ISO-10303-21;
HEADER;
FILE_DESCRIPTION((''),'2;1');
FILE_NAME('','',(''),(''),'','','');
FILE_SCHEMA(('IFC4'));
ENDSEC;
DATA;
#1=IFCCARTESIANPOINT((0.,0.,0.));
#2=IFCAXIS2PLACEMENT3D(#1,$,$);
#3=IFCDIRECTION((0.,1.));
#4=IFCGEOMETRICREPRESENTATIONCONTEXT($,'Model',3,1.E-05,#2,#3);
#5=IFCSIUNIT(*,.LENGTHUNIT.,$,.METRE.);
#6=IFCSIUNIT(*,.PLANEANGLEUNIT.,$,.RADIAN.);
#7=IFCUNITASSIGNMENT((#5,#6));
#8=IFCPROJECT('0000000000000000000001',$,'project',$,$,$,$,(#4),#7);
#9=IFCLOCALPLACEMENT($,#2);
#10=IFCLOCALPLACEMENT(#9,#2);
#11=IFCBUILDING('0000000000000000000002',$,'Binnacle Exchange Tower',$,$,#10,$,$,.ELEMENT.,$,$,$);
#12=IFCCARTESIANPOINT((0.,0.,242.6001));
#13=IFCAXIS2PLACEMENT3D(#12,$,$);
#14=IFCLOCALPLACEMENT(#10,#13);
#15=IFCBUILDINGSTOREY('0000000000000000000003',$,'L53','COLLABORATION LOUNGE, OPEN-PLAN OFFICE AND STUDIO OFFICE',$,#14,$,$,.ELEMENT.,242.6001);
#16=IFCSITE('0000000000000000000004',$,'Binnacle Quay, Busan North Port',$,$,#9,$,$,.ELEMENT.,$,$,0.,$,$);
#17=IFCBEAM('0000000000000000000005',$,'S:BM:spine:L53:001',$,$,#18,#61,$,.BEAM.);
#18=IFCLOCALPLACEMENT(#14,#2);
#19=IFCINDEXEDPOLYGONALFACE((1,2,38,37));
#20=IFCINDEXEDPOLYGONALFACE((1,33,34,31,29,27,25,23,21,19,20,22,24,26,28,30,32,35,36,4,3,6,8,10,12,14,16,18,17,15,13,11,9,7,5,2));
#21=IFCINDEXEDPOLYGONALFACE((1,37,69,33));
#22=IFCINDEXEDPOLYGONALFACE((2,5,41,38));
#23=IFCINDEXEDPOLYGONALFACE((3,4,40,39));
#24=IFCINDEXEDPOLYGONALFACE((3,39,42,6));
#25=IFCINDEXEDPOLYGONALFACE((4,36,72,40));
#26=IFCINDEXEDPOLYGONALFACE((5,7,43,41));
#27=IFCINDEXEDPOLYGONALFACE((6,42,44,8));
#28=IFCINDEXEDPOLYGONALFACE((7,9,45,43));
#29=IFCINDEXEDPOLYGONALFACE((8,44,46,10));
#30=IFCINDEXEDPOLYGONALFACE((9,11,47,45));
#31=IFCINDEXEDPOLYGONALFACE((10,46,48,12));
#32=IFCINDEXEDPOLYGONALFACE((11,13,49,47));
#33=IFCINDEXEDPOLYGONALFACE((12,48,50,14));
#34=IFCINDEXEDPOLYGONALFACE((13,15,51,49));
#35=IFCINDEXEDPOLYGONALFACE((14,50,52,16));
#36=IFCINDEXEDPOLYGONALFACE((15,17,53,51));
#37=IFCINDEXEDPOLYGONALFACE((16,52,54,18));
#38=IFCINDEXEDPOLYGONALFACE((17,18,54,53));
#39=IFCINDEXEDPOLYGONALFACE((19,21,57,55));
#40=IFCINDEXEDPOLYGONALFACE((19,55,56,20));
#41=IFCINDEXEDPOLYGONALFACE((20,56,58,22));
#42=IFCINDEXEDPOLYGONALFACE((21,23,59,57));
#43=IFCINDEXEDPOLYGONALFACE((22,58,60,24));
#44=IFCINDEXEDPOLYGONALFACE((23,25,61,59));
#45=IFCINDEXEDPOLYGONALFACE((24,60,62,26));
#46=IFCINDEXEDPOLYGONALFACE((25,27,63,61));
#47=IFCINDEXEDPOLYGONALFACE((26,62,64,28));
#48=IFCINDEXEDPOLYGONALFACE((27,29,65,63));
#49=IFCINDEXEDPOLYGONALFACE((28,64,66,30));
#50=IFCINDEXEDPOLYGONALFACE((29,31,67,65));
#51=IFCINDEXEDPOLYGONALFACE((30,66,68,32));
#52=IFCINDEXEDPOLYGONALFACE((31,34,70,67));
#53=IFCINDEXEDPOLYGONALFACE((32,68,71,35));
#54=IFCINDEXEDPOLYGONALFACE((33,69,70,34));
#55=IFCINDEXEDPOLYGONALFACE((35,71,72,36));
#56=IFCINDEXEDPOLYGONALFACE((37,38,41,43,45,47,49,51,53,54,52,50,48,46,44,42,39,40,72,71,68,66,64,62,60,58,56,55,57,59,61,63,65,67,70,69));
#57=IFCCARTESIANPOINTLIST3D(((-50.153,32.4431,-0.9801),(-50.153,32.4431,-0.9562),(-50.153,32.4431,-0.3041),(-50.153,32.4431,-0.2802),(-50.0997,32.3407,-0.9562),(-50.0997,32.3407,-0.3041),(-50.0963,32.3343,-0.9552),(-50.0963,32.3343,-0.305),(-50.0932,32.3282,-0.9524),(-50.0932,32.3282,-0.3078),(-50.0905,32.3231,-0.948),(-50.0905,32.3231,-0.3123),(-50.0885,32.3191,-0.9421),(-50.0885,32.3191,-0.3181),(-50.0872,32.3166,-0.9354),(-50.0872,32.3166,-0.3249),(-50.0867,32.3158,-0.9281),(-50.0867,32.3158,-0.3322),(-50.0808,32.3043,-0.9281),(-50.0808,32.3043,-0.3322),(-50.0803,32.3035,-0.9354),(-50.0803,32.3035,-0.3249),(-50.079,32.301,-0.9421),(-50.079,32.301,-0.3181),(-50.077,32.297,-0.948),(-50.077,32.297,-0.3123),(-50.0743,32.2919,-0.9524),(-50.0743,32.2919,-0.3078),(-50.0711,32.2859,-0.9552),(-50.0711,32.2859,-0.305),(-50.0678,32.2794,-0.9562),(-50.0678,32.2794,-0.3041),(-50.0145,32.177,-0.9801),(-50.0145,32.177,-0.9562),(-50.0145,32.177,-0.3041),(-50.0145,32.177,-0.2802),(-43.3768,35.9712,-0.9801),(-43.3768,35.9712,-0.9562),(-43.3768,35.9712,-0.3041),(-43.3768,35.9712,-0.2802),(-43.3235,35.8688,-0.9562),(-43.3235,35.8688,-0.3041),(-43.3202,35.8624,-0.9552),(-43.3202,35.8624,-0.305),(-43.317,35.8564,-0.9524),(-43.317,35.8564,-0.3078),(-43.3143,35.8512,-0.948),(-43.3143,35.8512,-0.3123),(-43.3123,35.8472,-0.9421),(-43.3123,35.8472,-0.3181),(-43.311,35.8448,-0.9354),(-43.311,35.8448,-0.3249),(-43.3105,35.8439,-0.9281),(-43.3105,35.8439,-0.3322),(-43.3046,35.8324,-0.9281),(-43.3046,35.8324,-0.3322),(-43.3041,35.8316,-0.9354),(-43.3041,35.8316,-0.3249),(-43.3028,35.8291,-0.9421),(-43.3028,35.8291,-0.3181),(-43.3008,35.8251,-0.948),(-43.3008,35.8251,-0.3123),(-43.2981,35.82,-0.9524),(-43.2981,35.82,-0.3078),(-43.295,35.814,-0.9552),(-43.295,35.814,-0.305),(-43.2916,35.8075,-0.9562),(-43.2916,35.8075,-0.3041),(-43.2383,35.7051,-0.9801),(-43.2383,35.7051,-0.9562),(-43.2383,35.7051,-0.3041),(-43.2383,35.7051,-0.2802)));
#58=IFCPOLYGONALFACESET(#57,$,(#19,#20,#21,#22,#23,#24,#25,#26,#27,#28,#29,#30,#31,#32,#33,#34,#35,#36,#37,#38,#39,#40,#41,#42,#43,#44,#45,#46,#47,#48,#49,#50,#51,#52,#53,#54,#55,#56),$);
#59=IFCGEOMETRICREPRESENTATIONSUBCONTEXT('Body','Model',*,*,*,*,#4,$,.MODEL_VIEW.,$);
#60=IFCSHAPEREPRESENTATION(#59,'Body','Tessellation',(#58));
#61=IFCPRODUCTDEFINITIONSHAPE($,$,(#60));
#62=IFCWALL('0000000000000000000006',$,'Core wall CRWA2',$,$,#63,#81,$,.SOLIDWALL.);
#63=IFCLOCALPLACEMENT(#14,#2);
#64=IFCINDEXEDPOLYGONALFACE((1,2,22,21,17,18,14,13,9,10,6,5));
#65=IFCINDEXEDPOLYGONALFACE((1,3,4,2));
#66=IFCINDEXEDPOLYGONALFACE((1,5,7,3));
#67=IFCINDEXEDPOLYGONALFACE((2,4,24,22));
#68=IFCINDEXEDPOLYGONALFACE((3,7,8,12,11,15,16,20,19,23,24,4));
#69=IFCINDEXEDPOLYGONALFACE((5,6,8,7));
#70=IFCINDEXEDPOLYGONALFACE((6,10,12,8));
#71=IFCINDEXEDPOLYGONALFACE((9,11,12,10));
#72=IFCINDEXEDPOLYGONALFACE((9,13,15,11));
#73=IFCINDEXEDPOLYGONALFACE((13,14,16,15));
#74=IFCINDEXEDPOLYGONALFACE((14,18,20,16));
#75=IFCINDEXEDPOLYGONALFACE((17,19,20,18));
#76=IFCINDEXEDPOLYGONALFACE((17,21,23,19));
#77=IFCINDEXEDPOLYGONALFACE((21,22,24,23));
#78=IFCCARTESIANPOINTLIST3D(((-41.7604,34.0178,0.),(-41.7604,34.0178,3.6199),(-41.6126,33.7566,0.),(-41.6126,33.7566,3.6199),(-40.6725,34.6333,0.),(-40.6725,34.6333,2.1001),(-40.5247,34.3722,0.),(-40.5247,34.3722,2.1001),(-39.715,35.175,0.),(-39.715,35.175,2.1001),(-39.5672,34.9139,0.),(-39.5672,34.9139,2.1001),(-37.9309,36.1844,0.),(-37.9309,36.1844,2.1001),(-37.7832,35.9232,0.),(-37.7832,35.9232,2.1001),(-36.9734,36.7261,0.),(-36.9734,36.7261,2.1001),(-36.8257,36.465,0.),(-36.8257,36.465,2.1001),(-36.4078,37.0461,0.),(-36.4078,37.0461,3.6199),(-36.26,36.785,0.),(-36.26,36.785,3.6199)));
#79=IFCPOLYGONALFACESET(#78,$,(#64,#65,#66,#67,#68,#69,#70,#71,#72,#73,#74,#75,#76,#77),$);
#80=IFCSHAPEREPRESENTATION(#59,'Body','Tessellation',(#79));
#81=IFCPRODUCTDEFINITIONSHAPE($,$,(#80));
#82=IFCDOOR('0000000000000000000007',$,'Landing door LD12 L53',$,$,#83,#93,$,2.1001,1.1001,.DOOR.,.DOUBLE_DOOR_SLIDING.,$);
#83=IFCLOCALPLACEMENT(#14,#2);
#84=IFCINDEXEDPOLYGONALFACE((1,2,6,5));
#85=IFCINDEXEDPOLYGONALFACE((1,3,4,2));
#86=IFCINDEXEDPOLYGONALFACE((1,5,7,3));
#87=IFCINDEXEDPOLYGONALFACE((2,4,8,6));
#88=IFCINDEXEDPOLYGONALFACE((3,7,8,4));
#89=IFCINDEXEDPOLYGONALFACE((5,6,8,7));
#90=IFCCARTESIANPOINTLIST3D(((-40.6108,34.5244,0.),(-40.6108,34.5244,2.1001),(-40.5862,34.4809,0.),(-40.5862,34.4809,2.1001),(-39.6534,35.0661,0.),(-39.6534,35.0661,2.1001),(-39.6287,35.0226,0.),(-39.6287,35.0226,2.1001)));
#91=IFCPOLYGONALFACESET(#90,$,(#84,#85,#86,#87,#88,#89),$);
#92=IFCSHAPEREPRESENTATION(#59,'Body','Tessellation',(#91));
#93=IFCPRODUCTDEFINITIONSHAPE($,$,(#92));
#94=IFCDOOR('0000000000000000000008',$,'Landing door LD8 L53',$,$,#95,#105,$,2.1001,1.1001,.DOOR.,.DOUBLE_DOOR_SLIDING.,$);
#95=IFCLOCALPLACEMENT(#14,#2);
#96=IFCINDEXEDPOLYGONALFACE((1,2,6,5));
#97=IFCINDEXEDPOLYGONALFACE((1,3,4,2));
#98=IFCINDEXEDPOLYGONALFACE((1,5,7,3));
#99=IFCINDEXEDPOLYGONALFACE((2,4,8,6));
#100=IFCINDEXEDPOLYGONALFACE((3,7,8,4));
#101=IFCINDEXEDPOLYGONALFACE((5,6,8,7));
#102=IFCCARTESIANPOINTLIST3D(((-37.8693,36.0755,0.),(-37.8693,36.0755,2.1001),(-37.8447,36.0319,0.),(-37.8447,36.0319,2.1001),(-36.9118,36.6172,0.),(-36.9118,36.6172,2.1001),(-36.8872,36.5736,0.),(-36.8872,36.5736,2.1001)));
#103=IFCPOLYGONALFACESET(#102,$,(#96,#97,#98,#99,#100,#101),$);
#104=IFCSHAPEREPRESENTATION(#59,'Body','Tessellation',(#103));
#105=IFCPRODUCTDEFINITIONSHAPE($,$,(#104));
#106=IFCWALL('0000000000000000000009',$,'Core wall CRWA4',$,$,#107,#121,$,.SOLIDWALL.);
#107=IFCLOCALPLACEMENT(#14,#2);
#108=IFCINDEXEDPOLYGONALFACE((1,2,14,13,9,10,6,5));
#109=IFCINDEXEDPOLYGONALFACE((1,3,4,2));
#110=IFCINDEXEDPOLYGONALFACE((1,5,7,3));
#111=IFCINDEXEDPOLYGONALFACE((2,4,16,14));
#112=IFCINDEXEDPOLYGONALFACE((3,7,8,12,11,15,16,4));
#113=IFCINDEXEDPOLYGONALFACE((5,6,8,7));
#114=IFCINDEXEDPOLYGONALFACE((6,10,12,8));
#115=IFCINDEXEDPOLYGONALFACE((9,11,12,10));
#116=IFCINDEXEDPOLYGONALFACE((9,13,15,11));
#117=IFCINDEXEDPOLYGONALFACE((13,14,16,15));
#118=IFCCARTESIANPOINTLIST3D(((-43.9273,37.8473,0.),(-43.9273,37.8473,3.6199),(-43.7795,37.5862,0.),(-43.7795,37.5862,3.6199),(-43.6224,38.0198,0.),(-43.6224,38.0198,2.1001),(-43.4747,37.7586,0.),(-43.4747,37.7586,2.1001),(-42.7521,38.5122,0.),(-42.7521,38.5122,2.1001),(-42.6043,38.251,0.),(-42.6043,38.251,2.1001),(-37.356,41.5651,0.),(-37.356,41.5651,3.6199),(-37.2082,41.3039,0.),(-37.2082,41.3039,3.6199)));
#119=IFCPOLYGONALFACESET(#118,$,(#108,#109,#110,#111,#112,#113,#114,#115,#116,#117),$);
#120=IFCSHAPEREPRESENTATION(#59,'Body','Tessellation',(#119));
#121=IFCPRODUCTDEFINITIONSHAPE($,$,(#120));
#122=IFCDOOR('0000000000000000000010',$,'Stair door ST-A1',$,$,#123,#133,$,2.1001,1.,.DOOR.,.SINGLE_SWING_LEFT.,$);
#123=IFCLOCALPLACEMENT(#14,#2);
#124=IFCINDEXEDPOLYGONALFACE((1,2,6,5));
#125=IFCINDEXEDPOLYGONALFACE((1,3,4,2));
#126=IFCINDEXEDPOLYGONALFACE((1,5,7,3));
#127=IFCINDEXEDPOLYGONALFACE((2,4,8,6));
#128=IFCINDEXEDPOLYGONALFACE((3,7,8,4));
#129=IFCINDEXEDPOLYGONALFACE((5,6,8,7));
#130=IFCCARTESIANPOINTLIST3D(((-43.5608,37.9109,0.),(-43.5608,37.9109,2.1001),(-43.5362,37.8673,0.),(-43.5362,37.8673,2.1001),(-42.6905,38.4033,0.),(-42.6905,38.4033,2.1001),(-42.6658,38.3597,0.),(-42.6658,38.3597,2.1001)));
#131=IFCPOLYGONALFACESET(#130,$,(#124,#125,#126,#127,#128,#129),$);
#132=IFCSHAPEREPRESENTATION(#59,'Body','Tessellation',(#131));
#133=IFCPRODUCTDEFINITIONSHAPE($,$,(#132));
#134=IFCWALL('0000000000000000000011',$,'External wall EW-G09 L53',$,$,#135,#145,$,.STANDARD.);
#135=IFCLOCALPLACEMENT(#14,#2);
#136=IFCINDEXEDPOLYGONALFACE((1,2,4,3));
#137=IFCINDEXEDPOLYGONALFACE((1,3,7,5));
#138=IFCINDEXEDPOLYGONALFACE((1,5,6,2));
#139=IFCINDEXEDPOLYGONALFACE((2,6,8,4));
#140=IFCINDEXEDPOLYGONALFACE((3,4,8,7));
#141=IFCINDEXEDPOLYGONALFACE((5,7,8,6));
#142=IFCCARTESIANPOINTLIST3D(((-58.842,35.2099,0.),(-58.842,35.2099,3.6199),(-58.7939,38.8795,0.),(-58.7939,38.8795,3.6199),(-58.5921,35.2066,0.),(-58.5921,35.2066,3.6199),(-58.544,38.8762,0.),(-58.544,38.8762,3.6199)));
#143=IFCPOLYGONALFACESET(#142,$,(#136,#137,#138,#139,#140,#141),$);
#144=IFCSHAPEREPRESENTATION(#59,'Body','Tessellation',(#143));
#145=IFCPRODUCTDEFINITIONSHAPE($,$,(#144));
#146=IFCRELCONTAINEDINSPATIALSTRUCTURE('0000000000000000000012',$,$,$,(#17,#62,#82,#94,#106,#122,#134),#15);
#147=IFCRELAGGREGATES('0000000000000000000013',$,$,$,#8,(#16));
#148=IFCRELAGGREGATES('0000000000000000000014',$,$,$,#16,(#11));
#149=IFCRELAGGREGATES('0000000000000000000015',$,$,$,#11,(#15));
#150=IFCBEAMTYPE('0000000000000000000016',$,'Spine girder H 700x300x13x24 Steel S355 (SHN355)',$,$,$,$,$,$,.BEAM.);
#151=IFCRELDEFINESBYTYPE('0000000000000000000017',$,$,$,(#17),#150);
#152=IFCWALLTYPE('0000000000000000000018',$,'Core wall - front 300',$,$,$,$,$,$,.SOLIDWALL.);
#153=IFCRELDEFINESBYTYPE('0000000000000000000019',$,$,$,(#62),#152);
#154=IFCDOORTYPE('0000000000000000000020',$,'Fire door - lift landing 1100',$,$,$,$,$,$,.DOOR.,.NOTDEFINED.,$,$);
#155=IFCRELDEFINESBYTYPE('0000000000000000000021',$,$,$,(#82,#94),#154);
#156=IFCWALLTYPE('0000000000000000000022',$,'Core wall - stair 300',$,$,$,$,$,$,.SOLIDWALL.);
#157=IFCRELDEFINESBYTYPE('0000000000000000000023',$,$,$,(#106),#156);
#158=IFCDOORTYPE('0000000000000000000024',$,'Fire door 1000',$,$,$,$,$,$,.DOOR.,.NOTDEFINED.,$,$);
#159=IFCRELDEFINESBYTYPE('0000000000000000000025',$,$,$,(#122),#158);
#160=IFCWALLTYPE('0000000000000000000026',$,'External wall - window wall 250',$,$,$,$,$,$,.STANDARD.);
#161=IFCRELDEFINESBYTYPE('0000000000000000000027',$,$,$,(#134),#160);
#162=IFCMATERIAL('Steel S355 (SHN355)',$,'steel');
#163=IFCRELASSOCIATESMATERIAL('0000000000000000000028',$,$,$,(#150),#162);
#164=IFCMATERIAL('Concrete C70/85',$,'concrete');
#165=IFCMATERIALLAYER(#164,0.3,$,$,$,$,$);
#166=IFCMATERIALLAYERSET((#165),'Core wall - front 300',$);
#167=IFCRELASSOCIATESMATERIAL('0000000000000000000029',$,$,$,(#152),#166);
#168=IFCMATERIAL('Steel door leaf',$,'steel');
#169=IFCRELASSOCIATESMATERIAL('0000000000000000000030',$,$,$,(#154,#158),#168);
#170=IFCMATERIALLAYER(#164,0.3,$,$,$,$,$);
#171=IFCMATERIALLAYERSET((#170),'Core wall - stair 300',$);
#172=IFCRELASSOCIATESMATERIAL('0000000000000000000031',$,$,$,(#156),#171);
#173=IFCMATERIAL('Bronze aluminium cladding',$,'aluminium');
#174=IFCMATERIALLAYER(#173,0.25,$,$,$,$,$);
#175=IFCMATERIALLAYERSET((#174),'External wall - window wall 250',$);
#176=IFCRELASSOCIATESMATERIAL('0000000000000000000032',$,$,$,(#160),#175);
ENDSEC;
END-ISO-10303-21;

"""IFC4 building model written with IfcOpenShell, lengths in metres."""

from ifc_helpers import new_model, si_unit, direction, frame, frame_2d, origin, origin_2d, place, context, subcontext, project, spatial, rectangle, i_section, extrude, material, layer, layer_set, material_profile, profile_set, type_object, element, fill, save


model = new_model("IFC4")

# Units and contexts
model_context = context("Model", 3, precision=1e-05, world=origin(), true_north=direction((0.0, 1.0)))
body_context = subcontext(model_context, "Body", "Model", "MODEL_VIEW")
ifc_project = project(units=[si_unit("LENGTHUNIT", "METRE"), si_unit("PLANEANGLEUNIT", "RADIAN")], contexts=[model_context])

# Site, building, storey
site_placement = place(None, origin())
site = spatial("IfcSite", under=ifc_project, at=site_placement, Name="Binnacle Quay, Busan North Port", CompositionType="ELEMENT", RefElevation=0.0)
building_placement = place(site_placement, origin())
building = spatial("IfcBuilding", under=site, at=building_placement, Name="Binnacle Exchange Tower", CompositionType="ELEMENT")
storey_placement = place(building_placement, frame((0.0, 0.0, 242.6001)))
storey = spatial("IfcBuildingStorey", under=building, at=storey_placement, Name="L53", Description="COLLABORATION LOUNGE, OPEN-PLAN OFFICE AND STUDIO OFFICE", CompositionType="ELEMENT", Elevation=242.6001)

# Beam
ifc_material_1 = material(Name="Steel S355 (SHN355)", Category="steel")
ifc_material_profile_1 = material_profile(ifc_material_1, i_section(OverallWidth=0.3, OverallDepth=0.7, WebThickness=0.0129, FlangeThickness=0.0239, FilletRadius=0.0281, at=origin_2d()), Name="H 700x300x13x24")
ifc_profile_set_1 = profile_set([ifc_material_profile_1], Name="Steel S355 (SHN355)")
beam_type_1 = type_object("IfcBeamType", Name="Spine girder H 700x300x13x24 Steel S355 (SHN355)", PredefinedType="BEAM", material=ifc_profile_set_1)
beam_1_placement = place(storey_placement, frame((-50.0837, 32.3101, -0.6301), z_axis=(0.886976, 0.461816, 0.0), x_axis=(-0.461816, 0.886976, 0.0)))
element("IfcBeam", 1, at=beam_1_placement, inside=storey, type_object=beam_type_1, Name="S:BM:spine:L53:001", PredefinedType="BEAM", context=body_context, shape_type="SweptSolid", body=[
    extrude(i_section(OverallWidth=0.3, OverallDepth=0.7, WebThickness=0.0129, FlangeThickness=0.0239, FilletRadius=0.0281, at=origin_2d()), origin(), (0.0, 0.0, 1.0), 7.6396),
])

# Wall, openings, doors
ifc_material_2 = material(Name="Concrete C70/85", Category="concrete")
ifc_layer_1 = layer(ifc_material_2, 0.3)
ifc_layer_set_1 = layer_set([ifc_layer_1], Name="Core wall - front 300")
wall_type_1 = type_object("IfcWallType", Name="Core wall - front 300", PredefinedType="SOLIDWALL", material=ifc_layer_set_1)
wall_1_placement = place(storey_placement, frame((-41.6865, 33.8872, 0.0), z_axis=(0.0, 0.0, 1.0), x_axis=(0.870356, 0.492423, 0.0)))
wall_1 = element("IfcWall", 2, at=wall_1_placement, inside=storey, type_object=wall_type_1, Name="Core wall CRWA2", PredefinedType="SOLIDWALL", context=body_context, shape_type="SweptSolid", body=[
    extrude(rectangle(XDim=6.1499, YDim=0.3, at=frame_2d((3.075, 0.0))), origin(), (0.0, 0.0, 1.0), 3.6199),
])
opening_1_placement = place(wall_1_placement, frame((1.25, 0.0, 0.0)))
opening_1 = element("IfcOpeningElement", 3, at=opening_1_placement, cuts=wall_1, PredefinedType="OPENING", context=body_context, shape_type="SweptSolid", body=[
    extrude(rectangle(XDim=1.1001, YDim=2.1001, at=frame_2d((0.55, 1.05))), frame((0.0, 0.1599, 0.0), z_axis=(0.0, -1.0, 0.0), x_axis=(1.0, 0.0, 0.0)), (0.0, 0.0, 1.0), 0.3201),
])
opening_2_placement = place(wall_1_placement, frame((4.3999, 0.0, 0.0)))
opening_2 = element("IfcOpeningElement", 4, at=opening_2_placement, cuts=wall_1, PredefinedType="OPENING", context=body_context, shape_type="SweptSolid", body=[
    extrude(rectangle(XDim=1.1001, YDim=2.1001, at=frame_2d((0.55, 1.05))), frame((0.0, 0.1599, 0.0), z_axis=(0.0, -1.0, 0.0), x_axis=(1.0, 0.0, 0.0)), (0.0, 0.0, 1.0), 0.3201),
])
ifc_material_3 = material(Name="Steel door leaf", Category="steel")
door_type_1 = type_object("IfcDoorType", Name="Fire door - lift landing 1100", OperationType="NOTDEFINED", PredefinedType="DOOR", material=ifc_material_3)
door_1_placement = place(opening_1_placement, origin())
door_1 = element("IfcDoor", 5, at=door_1_placement, inside=storey, type_object=door_type_1, Name="Landing door LD12 L53", OperationType="DOUBLE_DOOR_SLIDING", OverallHeight=2.1001, OverallWidth=1.1001, PredefinedType="DOOR", context=body_context, shape_type="SweptSolid", body=[
    extrude(rectangle(XDim=1.1001, YDim=2.1001, at=frame_2d((0.55, 1.05))), frame((0.0, 0.0249, 0.0), z_axis=(0.0, -1.0, 0.0), x_axis=(1.0, 0.0, 0.0)), (0.0, 0.0, 1.0), 0.05),
])
fill(opening_1, door_1)
door_2_placement = place(opening_2_placement, origin())
door_2 = element("IfcDoor", 6, at=door_2_placement, inside=storey, type_object=door_type_1, Name="Landing door LD8 L53", OperationType="DOUBLE_DOOR_SLIDING", OverallHeight=2.1001, OverallWidth=1.1001, PredefinedType="DOOR", context=body_context, shape_type="SweptSolid", body=[
    extrude(rectangle(XDim=1.1001, YDim=2.1001, at=frame_2d((0.55, 1.05))), frame((0.0, 0.0249, 0.0), z_axis=(0.0, -1.0, 0.0), x_axis=(1.0, 0.0, 0.0)), (0.0, 0.0, 1.0), 0.05),
])
fill(opening_2, door_2)

# Wall, opening, door
ifc_layer_2 = layer(ifc_material_2, 0.3)
ifc_layer_set_2 = layer_set([ifc_layer_2], Name="Core wall - stair 300")
wall_type_2 = type_object("IfcWallType", Name="Core wall - stair 300", PredefinedType="SOLIDWALL", material=ifc_layer_set_2)
wall_2_placement = place(storey_placement, frame((-43.8533, 37.7168, 0.0), z_axis=(0.0, 0.0, 1.0), x_axis=(0.87036, 0.492415, 0.0)))
wall_2 = element("IfcWall", 7, at=wall_2_placement, inside=storey, type_object=wall_type_2, Name="Core wall CRWA4", PredefinedType="SOLIDWALL", context=body_context, shape_type="SweptSolid", body=[
    extrude(rectangle(XDim=7.55, YDim=0.3, at=frame_2d((3.7749, 0.0))), origin(), (0.0, 0.0, 1.0), 3.6199),
])
opening_3_placement = place(wall_2_placement, frame((0.3501, 0.0, 0.0)))
opening_3 = element("IfcOpeningElement", 8, at=opening_3_placement, cuts=wall_2, PredefinedType="OPENING", context=body_context, shape_type="SweptSolid", body=[
    extrude(rectangle(XDim=1.0, YDim=2.1001, at=frame_2d((0.5, 1.05))), frame((0.0, 0.1599, 0.0), z_axis=(0.0, -1.0, 0.0), x_axis=(1.0, 0.0, 0.0)), (0.0, 0.0, 1.0), 0.3201),
])
door_type_2 = type_object("IfcDoorType", Name="Fire door 1000", OperationType="NOTDEFINED", PredefinedType="DOOR", material=ifc_material_3)
door_3_placement = place(opening_3_placement, origin())
door_3 = element("IfcDoor", 9, at=door_3_placement, inside=storey, type_object=door_type_2, Name="Stair door ST-A1", OperationType="SINGLE_SWING_LEFT", OverallHeight=2.1001, OverallWidth=1.0, PredefinedType="DOOR", context=body_context, shape_type="SweptSolid", body=[
    extrude(rectangle(XDim=1.0, YDim=2.1001, at=frame_2d((0.5, 1.05))), frame((0.0, 0.0249, 0.0), z_axis=(0.0, -1.0, 0.0), x_axis=(1.0, 0.0, 0.0)), (0.0, 0.0, 1.0), 0.05),
])
fill(opening_3, door_3)

# Wall
ifc_material_4 = material(Name="Bronze aluminium cladding", Category="aluminium")
ifc_layer_3 = layer(ifc_material_4, 0.25)
ifc_layer_set_3 = layer_set([ifc_layer_3], Name="External wall - window wall 250")
wall_type_3 = type_object("IfcWallType", Name="External wall - window wall 250", PredefinedType="STANDARD", material=ifc_layer_set_3)
wall_3_placement = place(storey_placement, frame((-58.717, 35.2083, 0.0), z_axis=(0.0, 0.0, 1.0), x_axis=(0.013105, 0.999914, 0.0)))
element("IfcWall", 10, at=wall_3_placement, inside=storey, type_object=wall_type_3, Name="External wall EW-G09 L53", PredefinedType="STANDARD", context=body_context, shape_type="SweptSolid", body=[
    extrude(rectangle(XDim=3.6699, YDim=0.25, at=frame_2d((1.835, 0.0))), origin(), (0.0, 0.0, 1.0), 3.6199),
])

save(model, "model.ifc")
